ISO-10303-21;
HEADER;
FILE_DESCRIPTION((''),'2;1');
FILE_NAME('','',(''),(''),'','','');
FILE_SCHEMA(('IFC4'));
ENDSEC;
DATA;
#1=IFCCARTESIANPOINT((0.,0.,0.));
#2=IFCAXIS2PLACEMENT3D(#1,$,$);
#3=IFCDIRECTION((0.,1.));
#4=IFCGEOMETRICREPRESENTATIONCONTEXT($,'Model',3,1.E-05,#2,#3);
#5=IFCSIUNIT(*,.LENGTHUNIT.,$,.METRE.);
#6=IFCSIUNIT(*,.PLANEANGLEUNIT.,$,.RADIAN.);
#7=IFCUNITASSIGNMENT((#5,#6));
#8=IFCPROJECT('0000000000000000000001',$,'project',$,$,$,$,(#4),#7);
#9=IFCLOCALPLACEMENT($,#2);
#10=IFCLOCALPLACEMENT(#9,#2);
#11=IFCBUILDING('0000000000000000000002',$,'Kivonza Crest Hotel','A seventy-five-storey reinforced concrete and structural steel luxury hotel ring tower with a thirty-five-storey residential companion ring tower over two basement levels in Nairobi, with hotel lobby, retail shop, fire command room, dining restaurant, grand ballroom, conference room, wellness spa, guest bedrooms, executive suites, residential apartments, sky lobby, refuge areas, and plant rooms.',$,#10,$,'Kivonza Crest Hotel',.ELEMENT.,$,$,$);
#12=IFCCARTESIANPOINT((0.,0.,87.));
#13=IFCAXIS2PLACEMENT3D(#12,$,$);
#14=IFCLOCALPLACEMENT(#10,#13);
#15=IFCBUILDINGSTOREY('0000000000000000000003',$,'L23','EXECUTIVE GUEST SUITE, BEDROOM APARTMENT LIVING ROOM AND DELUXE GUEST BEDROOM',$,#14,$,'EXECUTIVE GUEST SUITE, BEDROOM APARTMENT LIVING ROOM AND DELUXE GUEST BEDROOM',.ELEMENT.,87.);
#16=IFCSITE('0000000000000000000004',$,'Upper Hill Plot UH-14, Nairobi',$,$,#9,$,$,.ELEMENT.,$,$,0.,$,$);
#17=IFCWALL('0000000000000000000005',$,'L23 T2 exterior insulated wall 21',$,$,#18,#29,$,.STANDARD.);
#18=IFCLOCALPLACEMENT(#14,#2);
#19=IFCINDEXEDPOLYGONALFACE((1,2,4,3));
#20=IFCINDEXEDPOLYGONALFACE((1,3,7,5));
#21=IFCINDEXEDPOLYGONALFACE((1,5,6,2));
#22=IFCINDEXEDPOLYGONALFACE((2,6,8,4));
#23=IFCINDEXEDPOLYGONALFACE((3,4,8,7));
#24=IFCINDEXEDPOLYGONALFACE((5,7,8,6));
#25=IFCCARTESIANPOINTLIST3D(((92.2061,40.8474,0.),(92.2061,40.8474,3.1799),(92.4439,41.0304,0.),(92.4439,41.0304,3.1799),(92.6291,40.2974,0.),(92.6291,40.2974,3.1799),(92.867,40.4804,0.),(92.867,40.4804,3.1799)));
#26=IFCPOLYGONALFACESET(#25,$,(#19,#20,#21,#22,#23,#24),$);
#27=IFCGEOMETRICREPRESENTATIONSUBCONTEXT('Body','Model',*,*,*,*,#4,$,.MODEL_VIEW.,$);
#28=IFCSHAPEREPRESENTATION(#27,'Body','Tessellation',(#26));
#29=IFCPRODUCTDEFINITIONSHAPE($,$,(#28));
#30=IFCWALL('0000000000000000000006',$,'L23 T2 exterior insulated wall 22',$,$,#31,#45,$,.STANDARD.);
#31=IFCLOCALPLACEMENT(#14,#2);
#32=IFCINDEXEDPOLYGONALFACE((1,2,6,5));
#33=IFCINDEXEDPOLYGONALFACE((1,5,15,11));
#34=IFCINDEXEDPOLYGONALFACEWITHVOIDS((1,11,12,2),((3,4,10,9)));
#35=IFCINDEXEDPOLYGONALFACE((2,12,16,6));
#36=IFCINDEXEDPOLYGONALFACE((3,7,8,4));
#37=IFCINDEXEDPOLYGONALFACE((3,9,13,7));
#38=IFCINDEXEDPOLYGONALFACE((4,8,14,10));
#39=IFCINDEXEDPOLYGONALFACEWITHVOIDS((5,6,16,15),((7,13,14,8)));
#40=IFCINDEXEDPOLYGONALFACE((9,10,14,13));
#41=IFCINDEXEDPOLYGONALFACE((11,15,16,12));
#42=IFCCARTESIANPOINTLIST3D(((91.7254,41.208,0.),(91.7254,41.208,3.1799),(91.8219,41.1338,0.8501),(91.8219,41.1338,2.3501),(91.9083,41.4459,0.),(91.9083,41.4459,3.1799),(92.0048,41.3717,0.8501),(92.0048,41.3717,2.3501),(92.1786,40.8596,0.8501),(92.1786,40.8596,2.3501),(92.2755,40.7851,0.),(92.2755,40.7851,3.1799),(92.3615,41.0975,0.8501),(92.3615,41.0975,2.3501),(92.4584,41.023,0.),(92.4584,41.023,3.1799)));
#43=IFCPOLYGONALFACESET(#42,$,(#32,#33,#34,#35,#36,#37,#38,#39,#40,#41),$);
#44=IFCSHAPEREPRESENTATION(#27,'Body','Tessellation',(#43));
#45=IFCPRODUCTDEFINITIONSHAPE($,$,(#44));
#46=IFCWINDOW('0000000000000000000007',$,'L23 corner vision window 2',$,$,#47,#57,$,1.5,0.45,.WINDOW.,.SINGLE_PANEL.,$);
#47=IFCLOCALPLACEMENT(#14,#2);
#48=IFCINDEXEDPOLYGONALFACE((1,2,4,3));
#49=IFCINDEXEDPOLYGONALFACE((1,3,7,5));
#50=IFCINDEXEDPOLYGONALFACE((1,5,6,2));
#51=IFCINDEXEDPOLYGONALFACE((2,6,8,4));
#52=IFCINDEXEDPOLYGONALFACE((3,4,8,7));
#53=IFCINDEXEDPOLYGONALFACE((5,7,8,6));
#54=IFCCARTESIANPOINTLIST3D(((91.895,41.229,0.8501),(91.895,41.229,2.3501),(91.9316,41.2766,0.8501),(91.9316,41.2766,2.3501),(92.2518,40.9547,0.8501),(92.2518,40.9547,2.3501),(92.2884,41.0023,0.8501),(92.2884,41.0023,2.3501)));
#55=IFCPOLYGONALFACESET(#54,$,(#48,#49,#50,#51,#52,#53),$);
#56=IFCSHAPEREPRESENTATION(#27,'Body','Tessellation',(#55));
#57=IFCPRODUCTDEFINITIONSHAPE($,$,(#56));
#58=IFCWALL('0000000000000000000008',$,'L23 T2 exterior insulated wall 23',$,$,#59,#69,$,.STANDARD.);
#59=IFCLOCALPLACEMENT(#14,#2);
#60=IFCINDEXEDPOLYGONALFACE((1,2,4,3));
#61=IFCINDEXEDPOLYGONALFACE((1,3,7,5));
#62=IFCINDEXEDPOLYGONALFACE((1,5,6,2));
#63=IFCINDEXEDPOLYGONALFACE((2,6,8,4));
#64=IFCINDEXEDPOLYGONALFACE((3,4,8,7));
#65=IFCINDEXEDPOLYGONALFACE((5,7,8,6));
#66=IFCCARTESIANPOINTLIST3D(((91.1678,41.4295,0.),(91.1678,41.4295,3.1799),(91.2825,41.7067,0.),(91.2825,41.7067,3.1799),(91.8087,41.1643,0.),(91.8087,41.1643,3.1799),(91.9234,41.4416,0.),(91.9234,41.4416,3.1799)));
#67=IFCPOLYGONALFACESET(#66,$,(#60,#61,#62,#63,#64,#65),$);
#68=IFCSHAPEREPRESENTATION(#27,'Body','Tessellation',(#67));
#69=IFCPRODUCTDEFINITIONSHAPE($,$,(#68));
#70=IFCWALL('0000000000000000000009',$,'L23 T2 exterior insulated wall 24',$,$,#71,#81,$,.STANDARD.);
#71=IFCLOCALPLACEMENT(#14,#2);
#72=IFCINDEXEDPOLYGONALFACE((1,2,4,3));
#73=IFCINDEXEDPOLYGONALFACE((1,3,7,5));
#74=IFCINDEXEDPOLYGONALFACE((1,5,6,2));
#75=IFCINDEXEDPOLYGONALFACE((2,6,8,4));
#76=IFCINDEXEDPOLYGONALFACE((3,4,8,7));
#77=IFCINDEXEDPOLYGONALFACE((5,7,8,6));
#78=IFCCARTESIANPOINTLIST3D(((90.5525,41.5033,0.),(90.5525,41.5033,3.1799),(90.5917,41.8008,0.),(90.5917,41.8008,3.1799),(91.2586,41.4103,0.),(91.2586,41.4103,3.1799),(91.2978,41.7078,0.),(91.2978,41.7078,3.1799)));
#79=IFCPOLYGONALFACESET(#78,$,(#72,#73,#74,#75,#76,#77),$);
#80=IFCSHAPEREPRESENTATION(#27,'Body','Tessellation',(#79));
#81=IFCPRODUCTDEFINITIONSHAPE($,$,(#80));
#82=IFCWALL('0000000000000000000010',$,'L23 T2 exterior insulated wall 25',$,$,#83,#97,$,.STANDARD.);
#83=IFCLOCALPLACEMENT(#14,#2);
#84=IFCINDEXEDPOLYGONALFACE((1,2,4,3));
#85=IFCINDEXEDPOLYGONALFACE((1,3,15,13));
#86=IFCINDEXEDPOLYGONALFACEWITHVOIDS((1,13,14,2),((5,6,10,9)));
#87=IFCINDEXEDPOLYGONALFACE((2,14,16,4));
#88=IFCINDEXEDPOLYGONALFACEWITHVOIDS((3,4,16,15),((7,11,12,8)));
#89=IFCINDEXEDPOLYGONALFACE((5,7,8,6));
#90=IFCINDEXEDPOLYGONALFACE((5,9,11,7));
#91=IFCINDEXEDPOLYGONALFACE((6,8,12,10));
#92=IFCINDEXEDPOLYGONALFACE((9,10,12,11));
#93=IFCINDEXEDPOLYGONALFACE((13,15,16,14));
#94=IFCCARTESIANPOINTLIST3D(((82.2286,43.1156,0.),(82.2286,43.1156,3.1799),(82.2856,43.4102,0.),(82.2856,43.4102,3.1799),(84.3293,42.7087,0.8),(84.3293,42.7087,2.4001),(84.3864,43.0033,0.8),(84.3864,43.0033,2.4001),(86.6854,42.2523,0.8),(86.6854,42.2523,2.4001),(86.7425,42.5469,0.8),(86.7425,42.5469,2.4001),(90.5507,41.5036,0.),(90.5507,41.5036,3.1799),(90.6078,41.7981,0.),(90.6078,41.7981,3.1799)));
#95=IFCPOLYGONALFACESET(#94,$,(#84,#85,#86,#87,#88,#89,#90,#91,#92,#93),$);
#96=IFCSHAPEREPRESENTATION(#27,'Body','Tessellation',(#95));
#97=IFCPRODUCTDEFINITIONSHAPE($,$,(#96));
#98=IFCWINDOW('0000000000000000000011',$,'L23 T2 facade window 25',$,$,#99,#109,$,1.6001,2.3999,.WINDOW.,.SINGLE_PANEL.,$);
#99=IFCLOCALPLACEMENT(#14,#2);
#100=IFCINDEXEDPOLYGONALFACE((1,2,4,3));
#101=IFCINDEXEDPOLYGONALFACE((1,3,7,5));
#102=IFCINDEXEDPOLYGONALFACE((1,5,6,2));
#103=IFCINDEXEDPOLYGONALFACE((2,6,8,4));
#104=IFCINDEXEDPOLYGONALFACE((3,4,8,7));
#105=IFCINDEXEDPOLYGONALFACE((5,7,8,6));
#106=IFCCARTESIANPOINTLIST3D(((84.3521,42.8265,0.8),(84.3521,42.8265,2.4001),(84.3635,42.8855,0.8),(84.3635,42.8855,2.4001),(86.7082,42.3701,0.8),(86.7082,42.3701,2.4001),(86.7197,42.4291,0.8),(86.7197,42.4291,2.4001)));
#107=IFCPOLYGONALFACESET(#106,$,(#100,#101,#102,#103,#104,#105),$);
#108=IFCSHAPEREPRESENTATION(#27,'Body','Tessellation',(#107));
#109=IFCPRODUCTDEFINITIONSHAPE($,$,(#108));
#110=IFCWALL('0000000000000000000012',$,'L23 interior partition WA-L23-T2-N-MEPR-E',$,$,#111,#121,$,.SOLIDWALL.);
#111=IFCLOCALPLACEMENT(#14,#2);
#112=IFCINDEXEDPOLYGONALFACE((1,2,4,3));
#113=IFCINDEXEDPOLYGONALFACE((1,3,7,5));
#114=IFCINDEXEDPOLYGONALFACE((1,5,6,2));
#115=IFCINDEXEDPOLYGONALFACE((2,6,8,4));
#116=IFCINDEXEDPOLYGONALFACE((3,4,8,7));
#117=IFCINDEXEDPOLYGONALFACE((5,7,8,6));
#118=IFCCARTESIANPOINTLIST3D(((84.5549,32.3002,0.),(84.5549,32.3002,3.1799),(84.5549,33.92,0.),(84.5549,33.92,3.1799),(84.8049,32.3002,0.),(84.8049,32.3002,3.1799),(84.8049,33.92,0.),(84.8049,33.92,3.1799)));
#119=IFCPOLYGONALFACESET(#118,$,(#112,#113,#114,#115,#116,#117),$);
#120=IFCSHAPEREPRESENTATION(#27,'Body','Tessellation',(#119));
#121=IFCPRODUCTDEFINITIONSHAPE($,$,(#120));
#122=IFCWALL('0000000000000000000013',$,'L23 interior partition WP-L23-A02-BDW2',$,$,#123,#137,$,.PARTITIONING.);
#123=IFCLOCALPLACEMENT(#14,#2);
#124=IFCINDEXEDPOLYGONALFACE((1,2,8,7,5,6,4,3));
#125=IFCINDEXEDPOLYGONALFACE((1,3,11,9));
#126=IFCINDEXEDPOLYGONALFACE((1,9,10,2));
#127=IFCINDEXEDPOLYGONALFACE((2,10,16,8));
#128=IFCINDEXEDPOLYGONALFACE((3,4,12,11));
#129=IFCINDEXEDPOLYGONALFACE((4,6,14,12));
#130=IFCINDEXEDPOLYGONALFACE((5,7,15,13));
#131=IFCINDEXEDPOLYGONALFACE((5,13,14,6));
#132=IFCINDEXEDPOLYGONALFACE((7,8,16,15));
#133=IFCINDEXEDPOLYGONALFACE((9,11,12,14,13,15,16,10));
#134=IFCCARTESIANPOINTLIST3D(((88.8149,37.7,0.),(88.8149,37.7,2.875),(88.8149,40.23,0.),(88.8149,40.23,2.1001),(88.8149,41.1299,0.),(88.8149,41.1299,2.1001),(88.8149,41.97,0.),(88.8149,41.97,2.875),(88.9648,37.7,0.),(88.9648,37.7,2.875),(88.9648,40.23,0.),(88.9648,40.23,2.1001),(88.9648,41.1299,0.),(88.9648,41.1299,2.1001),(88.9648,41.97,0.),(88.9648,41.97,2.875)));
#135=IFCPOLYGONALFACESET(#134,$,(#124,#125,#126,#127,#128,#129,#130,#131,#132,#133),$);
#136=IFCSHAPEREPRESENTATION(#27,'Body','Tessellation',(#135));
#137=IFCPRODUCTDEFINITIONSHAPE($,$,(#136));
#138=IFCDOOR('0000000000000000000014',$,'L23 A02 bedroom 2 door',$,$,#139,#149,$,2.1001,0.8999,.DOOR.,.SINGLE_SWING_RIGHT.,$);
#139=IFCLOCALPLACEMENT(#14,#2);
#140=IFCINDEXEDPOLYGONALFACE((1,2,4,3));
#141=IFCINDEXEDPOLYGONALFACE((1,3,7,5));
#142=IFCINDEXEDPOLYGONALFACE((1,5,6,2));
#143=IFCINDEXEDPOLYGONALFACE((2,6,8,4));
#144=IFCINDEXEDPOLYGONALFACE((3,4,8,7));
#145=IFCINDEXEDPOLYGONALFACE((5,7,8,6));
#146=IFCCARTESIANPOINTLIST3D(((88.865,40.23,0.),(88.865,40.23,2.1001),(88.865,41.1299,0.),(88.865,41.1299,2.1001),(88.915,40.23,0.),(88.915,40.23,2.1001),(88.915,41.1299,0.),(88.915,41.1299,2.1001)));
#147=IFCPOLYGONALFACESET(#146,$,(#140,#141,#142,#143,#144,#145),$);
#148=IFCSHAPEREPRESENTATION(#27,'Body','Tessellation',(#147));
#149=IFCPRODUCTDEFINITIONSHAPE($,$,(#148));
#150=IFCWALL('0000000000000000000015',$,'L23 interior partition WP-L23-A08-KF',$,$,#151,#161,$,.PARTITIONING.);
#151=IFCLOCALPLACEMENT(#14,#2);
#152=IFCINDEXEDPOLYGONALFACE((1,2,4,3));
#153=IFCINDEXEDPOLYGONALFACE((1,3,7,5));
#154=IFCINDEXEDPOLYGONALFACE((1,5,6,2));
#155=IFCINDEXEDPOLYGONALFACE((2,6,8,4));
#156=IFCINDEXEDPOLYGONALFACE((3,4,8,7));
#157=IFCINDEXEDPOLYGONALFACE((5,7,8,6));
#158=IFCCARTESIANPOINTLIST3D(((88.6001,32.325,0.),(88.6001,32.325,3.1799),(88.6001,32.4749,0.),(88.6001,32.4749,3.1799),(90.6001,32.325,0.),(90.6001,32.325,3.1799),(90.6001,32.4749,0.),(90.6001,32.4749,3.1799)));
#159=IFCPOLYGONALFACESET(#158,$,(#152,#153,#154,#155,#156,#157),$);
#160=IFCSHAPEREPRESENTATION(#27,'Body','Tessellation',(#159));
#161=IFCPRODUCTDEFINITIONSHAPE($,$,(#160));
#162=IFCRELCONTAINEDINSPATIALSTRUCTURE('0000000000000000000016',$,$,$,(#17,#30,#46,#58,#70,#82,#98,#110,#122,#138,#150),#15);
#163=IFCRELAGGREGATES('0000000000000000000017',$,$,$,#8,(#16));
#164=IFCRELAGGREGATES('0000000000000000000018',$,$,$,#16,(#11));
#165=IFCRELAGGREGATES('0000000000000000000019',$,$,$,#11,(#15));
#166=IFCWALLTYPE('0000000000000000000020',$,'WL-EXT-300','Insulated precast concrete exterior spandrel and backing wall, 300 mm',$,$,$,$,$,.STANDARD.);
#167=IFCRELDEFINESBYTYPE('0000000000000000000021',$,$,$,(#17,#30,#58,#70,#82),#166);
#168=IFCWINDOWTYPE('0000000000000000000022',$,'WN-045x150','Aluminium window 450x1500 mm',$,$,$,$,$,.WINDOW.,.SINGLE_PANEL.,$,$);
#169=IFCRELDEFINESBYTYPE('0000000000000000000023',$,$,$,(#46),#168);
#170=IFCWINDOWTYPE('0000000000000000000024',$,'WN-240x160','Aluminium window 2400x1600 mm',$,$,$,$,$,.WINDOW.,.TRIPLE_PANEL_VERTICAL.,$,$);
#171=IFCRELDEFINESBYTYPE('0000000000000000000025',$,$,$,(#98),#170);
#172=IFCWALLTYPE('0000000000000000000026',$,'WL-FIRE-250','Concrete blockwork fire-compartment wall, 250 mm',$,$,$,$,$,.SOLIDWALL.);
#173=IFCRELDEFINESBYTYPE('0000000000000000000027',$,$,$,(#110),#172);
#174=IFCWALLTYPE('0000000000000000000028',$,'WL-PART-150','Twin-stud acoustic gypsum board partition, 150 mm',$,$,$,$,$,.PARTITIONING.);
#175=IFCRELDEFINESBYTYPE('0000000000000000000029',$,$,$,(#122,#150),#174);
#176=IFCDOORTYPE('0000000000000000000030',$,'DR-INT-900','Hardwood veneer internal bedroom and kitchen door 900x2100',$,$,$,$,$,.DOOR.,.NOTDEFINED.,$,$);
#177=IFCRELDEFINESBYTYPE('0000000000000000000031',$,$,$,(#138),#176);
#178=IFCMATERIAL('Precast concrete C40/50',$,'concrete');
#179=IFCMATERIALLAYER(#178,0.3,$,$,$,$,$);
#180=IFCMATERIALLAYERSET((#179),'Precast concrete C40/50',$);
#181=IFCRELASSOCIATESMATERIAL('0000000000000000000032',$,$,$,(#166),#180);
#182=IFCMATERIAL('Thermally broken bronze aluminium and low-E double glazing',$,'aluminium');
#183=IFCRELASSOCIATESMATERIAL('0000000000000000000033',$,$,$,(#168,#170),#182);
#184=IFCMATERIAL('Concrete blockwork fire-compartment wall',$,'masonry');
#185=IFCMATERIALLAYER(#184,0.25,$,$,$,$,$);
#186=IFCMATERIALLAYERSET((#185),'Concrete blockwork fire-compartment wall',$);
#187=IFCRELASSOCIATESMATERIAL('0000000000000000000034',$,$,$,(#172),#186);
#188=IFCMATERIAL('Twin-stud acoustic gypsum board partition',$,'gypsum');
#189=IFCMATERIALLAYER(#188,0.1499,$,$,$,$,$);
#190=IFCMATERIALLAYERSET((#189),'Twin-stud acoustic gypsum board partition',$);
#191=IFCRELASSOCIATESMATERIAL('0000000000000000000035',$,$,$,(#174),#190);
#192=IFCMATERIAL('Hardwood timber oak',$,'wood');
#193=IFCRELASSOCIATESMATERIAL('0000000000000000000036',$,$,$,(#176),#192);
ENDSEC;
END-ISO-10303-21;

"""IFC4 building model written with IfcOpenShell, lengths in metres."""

from ifc_helpers import new_model, si_unit, direction, frame, frame_2d, origin, place, context, subcontext, project, spatial, rectangle, extrude, material, layer, layer_set, type_object, element, fill, save


model = new_model("IFC4")

# Units and contexts
model_context = context("Model", 3, precision=1e-05, world=origin(), true_north=direction((0.0, 1.0)))
body_context = subcontext(model_context, "Body", "Model", "MODEL_VIEW")
ifc_project = project(units=[si_unit("LENGTHUNIT", "METRE"), si_unit("PLANEANGLEUNIT", "RADIAN")], contexts=[model_context])

# Site, building, storey
site_placement = place(None, origin())
site = spatial("IfcSite", under=ifc_project, at=site_placement, Name="Upper Hill Plot UH-14, Nairobi", CompositionType="ELEMENT", RefElevation=0.0)
building_placement = place(site_placement, origin())
building = spatial("IfcBuilding", under=site, at=building_placement, Name="Kivonza Crest Hotel", Description="A seventy-five-storey reinforced concrete and structural steel luxury hotel ring tower with a thirty-five-storey residential companion ring tower over two basement levels in Nairobi, with hotel lobby, retail shop, fire command room, dining restaurant, grand ballroom, conference room, wellness spa, guest bedrooms, executive suites, residential apartments, sky lobby, refuge areas, and plant rooms.", LongName="Kivonza Crest Hotel", CompositionType="ELEMENT")
storey_placement = place(building_placement, frame((0.0, 0.0, 87.0)))
storey = spatial("IfcBuildingStorey", under=building, at=storey_placement, Name="L23", Description="EXECUTIVE GUEST SUITE, BEDROOM APARTMENT LIVING ROOM AND DELUXE GUEST BEDROOM", LongName="EXECUTIVE GUEST SUITE, BEDROOM APARTMENT LIVING ROOM AND DELUXE GUEST BEDROOM", CompositionType="ELEMENT", Elevation=87.0)

# Shared definitions
ifc_material_1 = material(Name="Hardwood timber oak", Category="wood")

# Wall
ifc_material_2 = material(Name="Precast concrete C40/50", Category="concrete")
ifc_layer_1 = layer(ifc_material_2, 0.3)
ifc_layer_set_1 = layer_set([ifc_layer_1], Name="Precast concrete C40/50")
wall_type_1 = type_object("IfcWallType", Name="WL-EXT-300", Description="Insulated precast concrete exterior spandrel and backing wall, 300 mm", PredefinedType="STANDARD", material=ifc_layer_set_1)
wall_1_placement = place(storey_placement, frame((92.748, 40.3889, 0.0), z_axis=(0.0, 0.0, 1.0), x_axis=(-0.609694, 0.792637, 0.0)))
element("IfcWall", 1, at=wall_1_placement, inside=storey, type_object=wall_type_1, Name="L23 T2 exterior insulated wall 21", PredefinedType="STANDARD", context=body_context, shape_type="SweptSolid", body=[
    extrude(rectangle(XDim=0.6938, YDim=0.3, at=frame_2d((0.3469, 0.0))), origin(), (0.0, 0.0, 1.0), 3.1799),
])

# Wall, opening, window
wall_2_placement = place(storey_placement, frame((92.3669, 40.9041, 0.0), z_axis=(0.0, 0.0, 1.0), x_axis=(-0.792807, 0.609473, 0.0)))
wall_2 = element("IfcWall", 2, at=wall_2_placement, inside=storey, type_object=wall_type_1, Name="L23 T2 exterior insulated wall 22", PredefinedType="STANDARD", context=body_context, shape_type="SweptSolid", body=[
    extrude(rectangle(XDim=0.6938, YDim=0.3, at=frame_2d((0.3469, 0.0))), origin(), (0.0, 0.0, 1.0), 3.1799),
])
opening_1_placement = place(wall_2_placement, frame((0.1221, 0.0, 0.8501)))
opening_1 = element("IfcOpeningElement", 3, at=opening_1_placement, cuts=wall_2, PredefinedType="OPENING", context=body_context, shape_type="SweptSolid", body=[
    extrude(rectangle(XDim=0.45, YDim=1.5, at=frame_2d((0.2251, 0.75))), frame((0.0, 0.1602, 0.0), z_axis=(0.0, -1.0, 0.0), x_axis=(1.0, 0.0, 0.0)), (0.0, 0.0, 1.0), 0.3201),
])
ifc_material_3 = material(Name="Thermally broken bronze aluminium and low-E double glazing", Category="aluminium")
window_type_1 = type_object("IfcWindowType", Name="WN-045x150", Description="Aluminium window 450x1500 mm", PartitioningType="SINGLE_PANEL", PredefinedType="WINDOW", material=ifc_material_3)
window_1_placement = place(opening_1_placement, origin())
window_1 = element("IfcWindow", 4, at=window_1_placement, inside=storey, type_object=window_type_1, Name="L23 corner vision window 2", OverallHeight=1.5, OverallWidth=0.45, PartitioningType="SINGLE_PANEL", PredefinedType="WINDOW", context=body_context, shape_type="SweptSolid", body=[
    extrude(rectangle(XDim=0.45, YDim=1.5, at=frame_2d((0.2251, 0.75))), frame((0.0, 0.03, 0.0), z_axis=(0.0, -1.0, 0.0), x_axis=(1.0, 0.0, 0.0)), (0.0, 0.0, 1.0), 0.0601),
])
fill(opening_1, window_1)

# Walls
wall_3_placement = place(storey_placement, frame((91.866, 41.303, 0.0), z_axis=(0.0, 0.0, 1.0), x_axis=(-0.924043, 0.38229, 0.0)))
element("IfcWall", 5, at=wall_3_placement, inside=storey, type_object=wall_type_1, Name="L23 T2 exterior insulated wall 23", PredefinedType="STANDARD", context=body_context, shape_type="SweptSolid", body=[
    extrude(rectangle(XDim=0.6936, YDim=0.3, at=frame_2d((0.3467, 0.0))), origin(), (0.0, 0.0, 1.0), 3.1799),
])
wall_4_placement = place(storey_placement, frame((91.2781, 41.5591, 0.0), z_axis=(0.0, 0.0, 1.0), x_axis=(-0.991433, 0.130614, 0.0)))
element("IfcWall", 6, at=wall_4_placement, inside=storey, type_object=wall_type_1, Name="L23 T2 exterior insulated wall 24", PredefinedType="STANDARD", context=body_context, shape_type="SweptSolid", body=[
    extrude(rectangle(XDim=0.7122, YDim=0.3, at=frame_2d((0.356, 0.0))), origin(), (0.0, 0.0, 1.0), 3.1799),
])

# Wall, opening, window
wall_5_placement = place(storey_placement, frame((90.5791, 41.6509, 0.0), z_axis=(0.0, 0.0, 1.0), x_axis=(-0.98175, 0.190175, 0.0)))
wall_5 = element("IfcWall", 7, at=wall_5_placement, inside=storey, type_object=wall_type_1, Name="L23 T2 exterior insulated wall 25", PredefinedType="STANDARD", context=body_context, shape_type="SweptSolid", body=[
    extrude(rectangle(XDim=8.4768, YDim=0.3, at=frame_2d((4.2383, 0.0))), origin(), (0.0, 0.0, 1.0), 3.1799),
])
opening_2_placement = place(wall_5_placement, frame((3.937, 0.0, 0.8)))
opening_2 = element("IfcOpeningElement", 8, at=opening_2_placement, cuts=wall_5, PredefinedType="OPENING", context=body_context, shape_type="SweptSolid", body=[
    extrude(rectangle(XDim=2.3999, YDim=1.6001, at=frame_2d((1.2, 0.8))), frame((0.0, 0.1602, 0.0), z_axis=(0.0, -1.0, 0.0), x_axis=(1.0, 0.0, 0.0)), (0.0, 0.0, 1.0), 0.3201),
])
window_type_2 = type_object("IfcWindowType", Name="WN-240x160", Description="Aluminium window 2400x1600 mm", PartitioningType="TRIPLE_PANEL_VERTICAL", PredefinedType="WINDOW", material=ifc_material_3)
window_2_placement = place(opening_2_placement, origin())
window_2 = element("IfcWindow", 9, at=window_2_placement, inside=storey, type_object=window_type_2, Name="L23 T2 facade window 25", OverallHeight=1.6001, OverallWidth=2.3999, PartitioningType="SINGLE_PANEL", PredefinedType="WINDOW", context=body_context, shape_type="SweptSolid", body=[
    extrude(rectangle(XDim=2.3999, YDim=1.6001, at=frame_2d((1.2, 0.8))), frame((0.0, 0.03, 0.0), z_axis=(0.0, -1.0, 0.0), x_axis=(1.0, 0.0, 0.0)), (0.0, 0.0, 1.0), 0.0601),
])
fill(opening_2, window_2)

# Wall
ifc_material_4 = material(Name="Concrete blockwork fire-compartment wall", Category="masonry")
ifc_layer_2 = layer(ifc_material_4, 0.25)
ifc_layer_set_2 = layer_set([ifc_layer_2], Name="Concrete blockwork fire-compartment wall")
wall_type_2 = type_object("IfcWallType", Name="WL-FIRE-250", Description="Concrete blockwork fire-compartment wall, 250 mm", PredefinedType="SOLIDWALL", material=ifc_layer_set_2)
wall_6_placement = place(storey_placement, frame((84.6799, 32.3, 0.0), z_axis=(0.0, 0.0, 1.0), x_axis=(0.0, 1.0, 0.0)))
element("IfcWall", 10, at=wall_6_placement, inside=storey, type_object=wall_type_2, Name="L23 interior partition WA-L23-T2-N-MEPR-E", PredefinedType="SOLIDWALL", context=body_context, shape_type="SweptSolid", body=[
    extrude(rectangle(XDim=1.6199, YDim=0.25, at=frame_2d((0.8101, 0.0))), origin(), (0.0, 0.0, 1.0), 3.1799),
])

# Wall, opening, door
ifc_material_5 = material(Name="Twin-stud acoustic gypsum board partition", Category="gypsum")
ifc_layer_3 = layer(ifc_material_5, 0.1499)
ifc_layer_set_3 = layer_set([ifc_layer_3], Name="Twin-stud acoustic gypsum board partition")
wall_type_3 = type_object("IfcWallType", Name="WL-PART-150", Description="Twin-stud acoustic gypsum board partition, 150 mm", PredefinedType="PARTITIONING", material=ifc_layer_set_3)
wall_7_placement = place(storey_placement, frame((88.8899, 37.7, 0.0), z_axis=(0.0, 0.0, 1.0), x_axis=(0.0, 1.0, 0.0)))
wall_7 = element("IfcWall", 11, at=wall_7_placement, inside=storey, type_object=wall_type_3, Name="L23 interior partition WP-L23-A02-BDW2", PredefinedType="PARTITIONING", context=body_context, shape_type="SweptSolid", body=[
    extrude(rectangle(XDim=4.27, YDim=0.1499, at=frame_2d((2.135, 0.0))), origin(), (0.0, 0.0, 1.0), 2.875),
])
opening_3_placement = place(wall_7_placement, frame((2.53, 0.0, 0.0)))
opening_3 = element("IfcOpeningElement", 12, at=opening_3_placement, cuts=wall_7, PredefinedType="OPENING", context=body_context, shape_type="SweptSolid", body=[
    extrude(rectangle(XDim=0.8999, YDim=2.1001, at=frame_2d((0.45, 1.05))), frame((0.0, 0.085, 0.0), z_axis=(0.0, -1.0, 0.0), x_axis=(1.0, 0.0, 0.0)), (0.0, 0.0, 1.0), 0.1699),
])
door_type_1 = type_object("IfcDoorType", Name="DR-INT-900", Description="Hardwood veneer internal bedroom and kitchen door 900x2100", OperationType="NOTDEFINED", PredefinedType="DOOR", material=ifc_material_1)
door_1_placement = place(opening_3_placement, origin())
door_1 = element("IfcDoor", 13, at=door_1_placement, inside=storey, type_object=door_type_1, Name="L23 A02 bedroom 2 door", OperationType="SINGLE_SWING_RIGHT", OverallHeight=2.1001, OverallWidth=0.8999, PredefinedType="DOOR", context=body_context, shape_type="SweptSolid", body=[
    extrude(rectangle(XDim=0.8999, YDim=2.1001, at=frame_2d((0.45, 1.05))), frame((0.0, 0.0249, 0.0), z_axis=(0.0, -1.0, 0.0), x_axis=(1.0, 0.0, 0.0)), (0.0, 0.0, 1.0), 0.05),
])
fill(opening_3, door_1)

# Wall
wall_8_placement = place(storey_placement, frame((88.6001, 32.3999, 0.0), z_axis=(0.0, 0.0, 1.0), x_axis=(1.0, 0.0, 0.0)))
element("IfcWall", 14, at=wall_8_placement, inside=storey, type_object=wall_type_3, Name="L23 interior partition WP-L23-A08-KF", PredefinedType="PARTITIONING", context=body_context, shape_type="SweptSolid", body=[
    extrude(rectangle(XDim=2.0, YDim=0.1499, at=frame_2d((1.0, 0.0))), origin(), (0.0, 0.0, 1.0), 3.1799),
])

save(model, "model.ifc")
